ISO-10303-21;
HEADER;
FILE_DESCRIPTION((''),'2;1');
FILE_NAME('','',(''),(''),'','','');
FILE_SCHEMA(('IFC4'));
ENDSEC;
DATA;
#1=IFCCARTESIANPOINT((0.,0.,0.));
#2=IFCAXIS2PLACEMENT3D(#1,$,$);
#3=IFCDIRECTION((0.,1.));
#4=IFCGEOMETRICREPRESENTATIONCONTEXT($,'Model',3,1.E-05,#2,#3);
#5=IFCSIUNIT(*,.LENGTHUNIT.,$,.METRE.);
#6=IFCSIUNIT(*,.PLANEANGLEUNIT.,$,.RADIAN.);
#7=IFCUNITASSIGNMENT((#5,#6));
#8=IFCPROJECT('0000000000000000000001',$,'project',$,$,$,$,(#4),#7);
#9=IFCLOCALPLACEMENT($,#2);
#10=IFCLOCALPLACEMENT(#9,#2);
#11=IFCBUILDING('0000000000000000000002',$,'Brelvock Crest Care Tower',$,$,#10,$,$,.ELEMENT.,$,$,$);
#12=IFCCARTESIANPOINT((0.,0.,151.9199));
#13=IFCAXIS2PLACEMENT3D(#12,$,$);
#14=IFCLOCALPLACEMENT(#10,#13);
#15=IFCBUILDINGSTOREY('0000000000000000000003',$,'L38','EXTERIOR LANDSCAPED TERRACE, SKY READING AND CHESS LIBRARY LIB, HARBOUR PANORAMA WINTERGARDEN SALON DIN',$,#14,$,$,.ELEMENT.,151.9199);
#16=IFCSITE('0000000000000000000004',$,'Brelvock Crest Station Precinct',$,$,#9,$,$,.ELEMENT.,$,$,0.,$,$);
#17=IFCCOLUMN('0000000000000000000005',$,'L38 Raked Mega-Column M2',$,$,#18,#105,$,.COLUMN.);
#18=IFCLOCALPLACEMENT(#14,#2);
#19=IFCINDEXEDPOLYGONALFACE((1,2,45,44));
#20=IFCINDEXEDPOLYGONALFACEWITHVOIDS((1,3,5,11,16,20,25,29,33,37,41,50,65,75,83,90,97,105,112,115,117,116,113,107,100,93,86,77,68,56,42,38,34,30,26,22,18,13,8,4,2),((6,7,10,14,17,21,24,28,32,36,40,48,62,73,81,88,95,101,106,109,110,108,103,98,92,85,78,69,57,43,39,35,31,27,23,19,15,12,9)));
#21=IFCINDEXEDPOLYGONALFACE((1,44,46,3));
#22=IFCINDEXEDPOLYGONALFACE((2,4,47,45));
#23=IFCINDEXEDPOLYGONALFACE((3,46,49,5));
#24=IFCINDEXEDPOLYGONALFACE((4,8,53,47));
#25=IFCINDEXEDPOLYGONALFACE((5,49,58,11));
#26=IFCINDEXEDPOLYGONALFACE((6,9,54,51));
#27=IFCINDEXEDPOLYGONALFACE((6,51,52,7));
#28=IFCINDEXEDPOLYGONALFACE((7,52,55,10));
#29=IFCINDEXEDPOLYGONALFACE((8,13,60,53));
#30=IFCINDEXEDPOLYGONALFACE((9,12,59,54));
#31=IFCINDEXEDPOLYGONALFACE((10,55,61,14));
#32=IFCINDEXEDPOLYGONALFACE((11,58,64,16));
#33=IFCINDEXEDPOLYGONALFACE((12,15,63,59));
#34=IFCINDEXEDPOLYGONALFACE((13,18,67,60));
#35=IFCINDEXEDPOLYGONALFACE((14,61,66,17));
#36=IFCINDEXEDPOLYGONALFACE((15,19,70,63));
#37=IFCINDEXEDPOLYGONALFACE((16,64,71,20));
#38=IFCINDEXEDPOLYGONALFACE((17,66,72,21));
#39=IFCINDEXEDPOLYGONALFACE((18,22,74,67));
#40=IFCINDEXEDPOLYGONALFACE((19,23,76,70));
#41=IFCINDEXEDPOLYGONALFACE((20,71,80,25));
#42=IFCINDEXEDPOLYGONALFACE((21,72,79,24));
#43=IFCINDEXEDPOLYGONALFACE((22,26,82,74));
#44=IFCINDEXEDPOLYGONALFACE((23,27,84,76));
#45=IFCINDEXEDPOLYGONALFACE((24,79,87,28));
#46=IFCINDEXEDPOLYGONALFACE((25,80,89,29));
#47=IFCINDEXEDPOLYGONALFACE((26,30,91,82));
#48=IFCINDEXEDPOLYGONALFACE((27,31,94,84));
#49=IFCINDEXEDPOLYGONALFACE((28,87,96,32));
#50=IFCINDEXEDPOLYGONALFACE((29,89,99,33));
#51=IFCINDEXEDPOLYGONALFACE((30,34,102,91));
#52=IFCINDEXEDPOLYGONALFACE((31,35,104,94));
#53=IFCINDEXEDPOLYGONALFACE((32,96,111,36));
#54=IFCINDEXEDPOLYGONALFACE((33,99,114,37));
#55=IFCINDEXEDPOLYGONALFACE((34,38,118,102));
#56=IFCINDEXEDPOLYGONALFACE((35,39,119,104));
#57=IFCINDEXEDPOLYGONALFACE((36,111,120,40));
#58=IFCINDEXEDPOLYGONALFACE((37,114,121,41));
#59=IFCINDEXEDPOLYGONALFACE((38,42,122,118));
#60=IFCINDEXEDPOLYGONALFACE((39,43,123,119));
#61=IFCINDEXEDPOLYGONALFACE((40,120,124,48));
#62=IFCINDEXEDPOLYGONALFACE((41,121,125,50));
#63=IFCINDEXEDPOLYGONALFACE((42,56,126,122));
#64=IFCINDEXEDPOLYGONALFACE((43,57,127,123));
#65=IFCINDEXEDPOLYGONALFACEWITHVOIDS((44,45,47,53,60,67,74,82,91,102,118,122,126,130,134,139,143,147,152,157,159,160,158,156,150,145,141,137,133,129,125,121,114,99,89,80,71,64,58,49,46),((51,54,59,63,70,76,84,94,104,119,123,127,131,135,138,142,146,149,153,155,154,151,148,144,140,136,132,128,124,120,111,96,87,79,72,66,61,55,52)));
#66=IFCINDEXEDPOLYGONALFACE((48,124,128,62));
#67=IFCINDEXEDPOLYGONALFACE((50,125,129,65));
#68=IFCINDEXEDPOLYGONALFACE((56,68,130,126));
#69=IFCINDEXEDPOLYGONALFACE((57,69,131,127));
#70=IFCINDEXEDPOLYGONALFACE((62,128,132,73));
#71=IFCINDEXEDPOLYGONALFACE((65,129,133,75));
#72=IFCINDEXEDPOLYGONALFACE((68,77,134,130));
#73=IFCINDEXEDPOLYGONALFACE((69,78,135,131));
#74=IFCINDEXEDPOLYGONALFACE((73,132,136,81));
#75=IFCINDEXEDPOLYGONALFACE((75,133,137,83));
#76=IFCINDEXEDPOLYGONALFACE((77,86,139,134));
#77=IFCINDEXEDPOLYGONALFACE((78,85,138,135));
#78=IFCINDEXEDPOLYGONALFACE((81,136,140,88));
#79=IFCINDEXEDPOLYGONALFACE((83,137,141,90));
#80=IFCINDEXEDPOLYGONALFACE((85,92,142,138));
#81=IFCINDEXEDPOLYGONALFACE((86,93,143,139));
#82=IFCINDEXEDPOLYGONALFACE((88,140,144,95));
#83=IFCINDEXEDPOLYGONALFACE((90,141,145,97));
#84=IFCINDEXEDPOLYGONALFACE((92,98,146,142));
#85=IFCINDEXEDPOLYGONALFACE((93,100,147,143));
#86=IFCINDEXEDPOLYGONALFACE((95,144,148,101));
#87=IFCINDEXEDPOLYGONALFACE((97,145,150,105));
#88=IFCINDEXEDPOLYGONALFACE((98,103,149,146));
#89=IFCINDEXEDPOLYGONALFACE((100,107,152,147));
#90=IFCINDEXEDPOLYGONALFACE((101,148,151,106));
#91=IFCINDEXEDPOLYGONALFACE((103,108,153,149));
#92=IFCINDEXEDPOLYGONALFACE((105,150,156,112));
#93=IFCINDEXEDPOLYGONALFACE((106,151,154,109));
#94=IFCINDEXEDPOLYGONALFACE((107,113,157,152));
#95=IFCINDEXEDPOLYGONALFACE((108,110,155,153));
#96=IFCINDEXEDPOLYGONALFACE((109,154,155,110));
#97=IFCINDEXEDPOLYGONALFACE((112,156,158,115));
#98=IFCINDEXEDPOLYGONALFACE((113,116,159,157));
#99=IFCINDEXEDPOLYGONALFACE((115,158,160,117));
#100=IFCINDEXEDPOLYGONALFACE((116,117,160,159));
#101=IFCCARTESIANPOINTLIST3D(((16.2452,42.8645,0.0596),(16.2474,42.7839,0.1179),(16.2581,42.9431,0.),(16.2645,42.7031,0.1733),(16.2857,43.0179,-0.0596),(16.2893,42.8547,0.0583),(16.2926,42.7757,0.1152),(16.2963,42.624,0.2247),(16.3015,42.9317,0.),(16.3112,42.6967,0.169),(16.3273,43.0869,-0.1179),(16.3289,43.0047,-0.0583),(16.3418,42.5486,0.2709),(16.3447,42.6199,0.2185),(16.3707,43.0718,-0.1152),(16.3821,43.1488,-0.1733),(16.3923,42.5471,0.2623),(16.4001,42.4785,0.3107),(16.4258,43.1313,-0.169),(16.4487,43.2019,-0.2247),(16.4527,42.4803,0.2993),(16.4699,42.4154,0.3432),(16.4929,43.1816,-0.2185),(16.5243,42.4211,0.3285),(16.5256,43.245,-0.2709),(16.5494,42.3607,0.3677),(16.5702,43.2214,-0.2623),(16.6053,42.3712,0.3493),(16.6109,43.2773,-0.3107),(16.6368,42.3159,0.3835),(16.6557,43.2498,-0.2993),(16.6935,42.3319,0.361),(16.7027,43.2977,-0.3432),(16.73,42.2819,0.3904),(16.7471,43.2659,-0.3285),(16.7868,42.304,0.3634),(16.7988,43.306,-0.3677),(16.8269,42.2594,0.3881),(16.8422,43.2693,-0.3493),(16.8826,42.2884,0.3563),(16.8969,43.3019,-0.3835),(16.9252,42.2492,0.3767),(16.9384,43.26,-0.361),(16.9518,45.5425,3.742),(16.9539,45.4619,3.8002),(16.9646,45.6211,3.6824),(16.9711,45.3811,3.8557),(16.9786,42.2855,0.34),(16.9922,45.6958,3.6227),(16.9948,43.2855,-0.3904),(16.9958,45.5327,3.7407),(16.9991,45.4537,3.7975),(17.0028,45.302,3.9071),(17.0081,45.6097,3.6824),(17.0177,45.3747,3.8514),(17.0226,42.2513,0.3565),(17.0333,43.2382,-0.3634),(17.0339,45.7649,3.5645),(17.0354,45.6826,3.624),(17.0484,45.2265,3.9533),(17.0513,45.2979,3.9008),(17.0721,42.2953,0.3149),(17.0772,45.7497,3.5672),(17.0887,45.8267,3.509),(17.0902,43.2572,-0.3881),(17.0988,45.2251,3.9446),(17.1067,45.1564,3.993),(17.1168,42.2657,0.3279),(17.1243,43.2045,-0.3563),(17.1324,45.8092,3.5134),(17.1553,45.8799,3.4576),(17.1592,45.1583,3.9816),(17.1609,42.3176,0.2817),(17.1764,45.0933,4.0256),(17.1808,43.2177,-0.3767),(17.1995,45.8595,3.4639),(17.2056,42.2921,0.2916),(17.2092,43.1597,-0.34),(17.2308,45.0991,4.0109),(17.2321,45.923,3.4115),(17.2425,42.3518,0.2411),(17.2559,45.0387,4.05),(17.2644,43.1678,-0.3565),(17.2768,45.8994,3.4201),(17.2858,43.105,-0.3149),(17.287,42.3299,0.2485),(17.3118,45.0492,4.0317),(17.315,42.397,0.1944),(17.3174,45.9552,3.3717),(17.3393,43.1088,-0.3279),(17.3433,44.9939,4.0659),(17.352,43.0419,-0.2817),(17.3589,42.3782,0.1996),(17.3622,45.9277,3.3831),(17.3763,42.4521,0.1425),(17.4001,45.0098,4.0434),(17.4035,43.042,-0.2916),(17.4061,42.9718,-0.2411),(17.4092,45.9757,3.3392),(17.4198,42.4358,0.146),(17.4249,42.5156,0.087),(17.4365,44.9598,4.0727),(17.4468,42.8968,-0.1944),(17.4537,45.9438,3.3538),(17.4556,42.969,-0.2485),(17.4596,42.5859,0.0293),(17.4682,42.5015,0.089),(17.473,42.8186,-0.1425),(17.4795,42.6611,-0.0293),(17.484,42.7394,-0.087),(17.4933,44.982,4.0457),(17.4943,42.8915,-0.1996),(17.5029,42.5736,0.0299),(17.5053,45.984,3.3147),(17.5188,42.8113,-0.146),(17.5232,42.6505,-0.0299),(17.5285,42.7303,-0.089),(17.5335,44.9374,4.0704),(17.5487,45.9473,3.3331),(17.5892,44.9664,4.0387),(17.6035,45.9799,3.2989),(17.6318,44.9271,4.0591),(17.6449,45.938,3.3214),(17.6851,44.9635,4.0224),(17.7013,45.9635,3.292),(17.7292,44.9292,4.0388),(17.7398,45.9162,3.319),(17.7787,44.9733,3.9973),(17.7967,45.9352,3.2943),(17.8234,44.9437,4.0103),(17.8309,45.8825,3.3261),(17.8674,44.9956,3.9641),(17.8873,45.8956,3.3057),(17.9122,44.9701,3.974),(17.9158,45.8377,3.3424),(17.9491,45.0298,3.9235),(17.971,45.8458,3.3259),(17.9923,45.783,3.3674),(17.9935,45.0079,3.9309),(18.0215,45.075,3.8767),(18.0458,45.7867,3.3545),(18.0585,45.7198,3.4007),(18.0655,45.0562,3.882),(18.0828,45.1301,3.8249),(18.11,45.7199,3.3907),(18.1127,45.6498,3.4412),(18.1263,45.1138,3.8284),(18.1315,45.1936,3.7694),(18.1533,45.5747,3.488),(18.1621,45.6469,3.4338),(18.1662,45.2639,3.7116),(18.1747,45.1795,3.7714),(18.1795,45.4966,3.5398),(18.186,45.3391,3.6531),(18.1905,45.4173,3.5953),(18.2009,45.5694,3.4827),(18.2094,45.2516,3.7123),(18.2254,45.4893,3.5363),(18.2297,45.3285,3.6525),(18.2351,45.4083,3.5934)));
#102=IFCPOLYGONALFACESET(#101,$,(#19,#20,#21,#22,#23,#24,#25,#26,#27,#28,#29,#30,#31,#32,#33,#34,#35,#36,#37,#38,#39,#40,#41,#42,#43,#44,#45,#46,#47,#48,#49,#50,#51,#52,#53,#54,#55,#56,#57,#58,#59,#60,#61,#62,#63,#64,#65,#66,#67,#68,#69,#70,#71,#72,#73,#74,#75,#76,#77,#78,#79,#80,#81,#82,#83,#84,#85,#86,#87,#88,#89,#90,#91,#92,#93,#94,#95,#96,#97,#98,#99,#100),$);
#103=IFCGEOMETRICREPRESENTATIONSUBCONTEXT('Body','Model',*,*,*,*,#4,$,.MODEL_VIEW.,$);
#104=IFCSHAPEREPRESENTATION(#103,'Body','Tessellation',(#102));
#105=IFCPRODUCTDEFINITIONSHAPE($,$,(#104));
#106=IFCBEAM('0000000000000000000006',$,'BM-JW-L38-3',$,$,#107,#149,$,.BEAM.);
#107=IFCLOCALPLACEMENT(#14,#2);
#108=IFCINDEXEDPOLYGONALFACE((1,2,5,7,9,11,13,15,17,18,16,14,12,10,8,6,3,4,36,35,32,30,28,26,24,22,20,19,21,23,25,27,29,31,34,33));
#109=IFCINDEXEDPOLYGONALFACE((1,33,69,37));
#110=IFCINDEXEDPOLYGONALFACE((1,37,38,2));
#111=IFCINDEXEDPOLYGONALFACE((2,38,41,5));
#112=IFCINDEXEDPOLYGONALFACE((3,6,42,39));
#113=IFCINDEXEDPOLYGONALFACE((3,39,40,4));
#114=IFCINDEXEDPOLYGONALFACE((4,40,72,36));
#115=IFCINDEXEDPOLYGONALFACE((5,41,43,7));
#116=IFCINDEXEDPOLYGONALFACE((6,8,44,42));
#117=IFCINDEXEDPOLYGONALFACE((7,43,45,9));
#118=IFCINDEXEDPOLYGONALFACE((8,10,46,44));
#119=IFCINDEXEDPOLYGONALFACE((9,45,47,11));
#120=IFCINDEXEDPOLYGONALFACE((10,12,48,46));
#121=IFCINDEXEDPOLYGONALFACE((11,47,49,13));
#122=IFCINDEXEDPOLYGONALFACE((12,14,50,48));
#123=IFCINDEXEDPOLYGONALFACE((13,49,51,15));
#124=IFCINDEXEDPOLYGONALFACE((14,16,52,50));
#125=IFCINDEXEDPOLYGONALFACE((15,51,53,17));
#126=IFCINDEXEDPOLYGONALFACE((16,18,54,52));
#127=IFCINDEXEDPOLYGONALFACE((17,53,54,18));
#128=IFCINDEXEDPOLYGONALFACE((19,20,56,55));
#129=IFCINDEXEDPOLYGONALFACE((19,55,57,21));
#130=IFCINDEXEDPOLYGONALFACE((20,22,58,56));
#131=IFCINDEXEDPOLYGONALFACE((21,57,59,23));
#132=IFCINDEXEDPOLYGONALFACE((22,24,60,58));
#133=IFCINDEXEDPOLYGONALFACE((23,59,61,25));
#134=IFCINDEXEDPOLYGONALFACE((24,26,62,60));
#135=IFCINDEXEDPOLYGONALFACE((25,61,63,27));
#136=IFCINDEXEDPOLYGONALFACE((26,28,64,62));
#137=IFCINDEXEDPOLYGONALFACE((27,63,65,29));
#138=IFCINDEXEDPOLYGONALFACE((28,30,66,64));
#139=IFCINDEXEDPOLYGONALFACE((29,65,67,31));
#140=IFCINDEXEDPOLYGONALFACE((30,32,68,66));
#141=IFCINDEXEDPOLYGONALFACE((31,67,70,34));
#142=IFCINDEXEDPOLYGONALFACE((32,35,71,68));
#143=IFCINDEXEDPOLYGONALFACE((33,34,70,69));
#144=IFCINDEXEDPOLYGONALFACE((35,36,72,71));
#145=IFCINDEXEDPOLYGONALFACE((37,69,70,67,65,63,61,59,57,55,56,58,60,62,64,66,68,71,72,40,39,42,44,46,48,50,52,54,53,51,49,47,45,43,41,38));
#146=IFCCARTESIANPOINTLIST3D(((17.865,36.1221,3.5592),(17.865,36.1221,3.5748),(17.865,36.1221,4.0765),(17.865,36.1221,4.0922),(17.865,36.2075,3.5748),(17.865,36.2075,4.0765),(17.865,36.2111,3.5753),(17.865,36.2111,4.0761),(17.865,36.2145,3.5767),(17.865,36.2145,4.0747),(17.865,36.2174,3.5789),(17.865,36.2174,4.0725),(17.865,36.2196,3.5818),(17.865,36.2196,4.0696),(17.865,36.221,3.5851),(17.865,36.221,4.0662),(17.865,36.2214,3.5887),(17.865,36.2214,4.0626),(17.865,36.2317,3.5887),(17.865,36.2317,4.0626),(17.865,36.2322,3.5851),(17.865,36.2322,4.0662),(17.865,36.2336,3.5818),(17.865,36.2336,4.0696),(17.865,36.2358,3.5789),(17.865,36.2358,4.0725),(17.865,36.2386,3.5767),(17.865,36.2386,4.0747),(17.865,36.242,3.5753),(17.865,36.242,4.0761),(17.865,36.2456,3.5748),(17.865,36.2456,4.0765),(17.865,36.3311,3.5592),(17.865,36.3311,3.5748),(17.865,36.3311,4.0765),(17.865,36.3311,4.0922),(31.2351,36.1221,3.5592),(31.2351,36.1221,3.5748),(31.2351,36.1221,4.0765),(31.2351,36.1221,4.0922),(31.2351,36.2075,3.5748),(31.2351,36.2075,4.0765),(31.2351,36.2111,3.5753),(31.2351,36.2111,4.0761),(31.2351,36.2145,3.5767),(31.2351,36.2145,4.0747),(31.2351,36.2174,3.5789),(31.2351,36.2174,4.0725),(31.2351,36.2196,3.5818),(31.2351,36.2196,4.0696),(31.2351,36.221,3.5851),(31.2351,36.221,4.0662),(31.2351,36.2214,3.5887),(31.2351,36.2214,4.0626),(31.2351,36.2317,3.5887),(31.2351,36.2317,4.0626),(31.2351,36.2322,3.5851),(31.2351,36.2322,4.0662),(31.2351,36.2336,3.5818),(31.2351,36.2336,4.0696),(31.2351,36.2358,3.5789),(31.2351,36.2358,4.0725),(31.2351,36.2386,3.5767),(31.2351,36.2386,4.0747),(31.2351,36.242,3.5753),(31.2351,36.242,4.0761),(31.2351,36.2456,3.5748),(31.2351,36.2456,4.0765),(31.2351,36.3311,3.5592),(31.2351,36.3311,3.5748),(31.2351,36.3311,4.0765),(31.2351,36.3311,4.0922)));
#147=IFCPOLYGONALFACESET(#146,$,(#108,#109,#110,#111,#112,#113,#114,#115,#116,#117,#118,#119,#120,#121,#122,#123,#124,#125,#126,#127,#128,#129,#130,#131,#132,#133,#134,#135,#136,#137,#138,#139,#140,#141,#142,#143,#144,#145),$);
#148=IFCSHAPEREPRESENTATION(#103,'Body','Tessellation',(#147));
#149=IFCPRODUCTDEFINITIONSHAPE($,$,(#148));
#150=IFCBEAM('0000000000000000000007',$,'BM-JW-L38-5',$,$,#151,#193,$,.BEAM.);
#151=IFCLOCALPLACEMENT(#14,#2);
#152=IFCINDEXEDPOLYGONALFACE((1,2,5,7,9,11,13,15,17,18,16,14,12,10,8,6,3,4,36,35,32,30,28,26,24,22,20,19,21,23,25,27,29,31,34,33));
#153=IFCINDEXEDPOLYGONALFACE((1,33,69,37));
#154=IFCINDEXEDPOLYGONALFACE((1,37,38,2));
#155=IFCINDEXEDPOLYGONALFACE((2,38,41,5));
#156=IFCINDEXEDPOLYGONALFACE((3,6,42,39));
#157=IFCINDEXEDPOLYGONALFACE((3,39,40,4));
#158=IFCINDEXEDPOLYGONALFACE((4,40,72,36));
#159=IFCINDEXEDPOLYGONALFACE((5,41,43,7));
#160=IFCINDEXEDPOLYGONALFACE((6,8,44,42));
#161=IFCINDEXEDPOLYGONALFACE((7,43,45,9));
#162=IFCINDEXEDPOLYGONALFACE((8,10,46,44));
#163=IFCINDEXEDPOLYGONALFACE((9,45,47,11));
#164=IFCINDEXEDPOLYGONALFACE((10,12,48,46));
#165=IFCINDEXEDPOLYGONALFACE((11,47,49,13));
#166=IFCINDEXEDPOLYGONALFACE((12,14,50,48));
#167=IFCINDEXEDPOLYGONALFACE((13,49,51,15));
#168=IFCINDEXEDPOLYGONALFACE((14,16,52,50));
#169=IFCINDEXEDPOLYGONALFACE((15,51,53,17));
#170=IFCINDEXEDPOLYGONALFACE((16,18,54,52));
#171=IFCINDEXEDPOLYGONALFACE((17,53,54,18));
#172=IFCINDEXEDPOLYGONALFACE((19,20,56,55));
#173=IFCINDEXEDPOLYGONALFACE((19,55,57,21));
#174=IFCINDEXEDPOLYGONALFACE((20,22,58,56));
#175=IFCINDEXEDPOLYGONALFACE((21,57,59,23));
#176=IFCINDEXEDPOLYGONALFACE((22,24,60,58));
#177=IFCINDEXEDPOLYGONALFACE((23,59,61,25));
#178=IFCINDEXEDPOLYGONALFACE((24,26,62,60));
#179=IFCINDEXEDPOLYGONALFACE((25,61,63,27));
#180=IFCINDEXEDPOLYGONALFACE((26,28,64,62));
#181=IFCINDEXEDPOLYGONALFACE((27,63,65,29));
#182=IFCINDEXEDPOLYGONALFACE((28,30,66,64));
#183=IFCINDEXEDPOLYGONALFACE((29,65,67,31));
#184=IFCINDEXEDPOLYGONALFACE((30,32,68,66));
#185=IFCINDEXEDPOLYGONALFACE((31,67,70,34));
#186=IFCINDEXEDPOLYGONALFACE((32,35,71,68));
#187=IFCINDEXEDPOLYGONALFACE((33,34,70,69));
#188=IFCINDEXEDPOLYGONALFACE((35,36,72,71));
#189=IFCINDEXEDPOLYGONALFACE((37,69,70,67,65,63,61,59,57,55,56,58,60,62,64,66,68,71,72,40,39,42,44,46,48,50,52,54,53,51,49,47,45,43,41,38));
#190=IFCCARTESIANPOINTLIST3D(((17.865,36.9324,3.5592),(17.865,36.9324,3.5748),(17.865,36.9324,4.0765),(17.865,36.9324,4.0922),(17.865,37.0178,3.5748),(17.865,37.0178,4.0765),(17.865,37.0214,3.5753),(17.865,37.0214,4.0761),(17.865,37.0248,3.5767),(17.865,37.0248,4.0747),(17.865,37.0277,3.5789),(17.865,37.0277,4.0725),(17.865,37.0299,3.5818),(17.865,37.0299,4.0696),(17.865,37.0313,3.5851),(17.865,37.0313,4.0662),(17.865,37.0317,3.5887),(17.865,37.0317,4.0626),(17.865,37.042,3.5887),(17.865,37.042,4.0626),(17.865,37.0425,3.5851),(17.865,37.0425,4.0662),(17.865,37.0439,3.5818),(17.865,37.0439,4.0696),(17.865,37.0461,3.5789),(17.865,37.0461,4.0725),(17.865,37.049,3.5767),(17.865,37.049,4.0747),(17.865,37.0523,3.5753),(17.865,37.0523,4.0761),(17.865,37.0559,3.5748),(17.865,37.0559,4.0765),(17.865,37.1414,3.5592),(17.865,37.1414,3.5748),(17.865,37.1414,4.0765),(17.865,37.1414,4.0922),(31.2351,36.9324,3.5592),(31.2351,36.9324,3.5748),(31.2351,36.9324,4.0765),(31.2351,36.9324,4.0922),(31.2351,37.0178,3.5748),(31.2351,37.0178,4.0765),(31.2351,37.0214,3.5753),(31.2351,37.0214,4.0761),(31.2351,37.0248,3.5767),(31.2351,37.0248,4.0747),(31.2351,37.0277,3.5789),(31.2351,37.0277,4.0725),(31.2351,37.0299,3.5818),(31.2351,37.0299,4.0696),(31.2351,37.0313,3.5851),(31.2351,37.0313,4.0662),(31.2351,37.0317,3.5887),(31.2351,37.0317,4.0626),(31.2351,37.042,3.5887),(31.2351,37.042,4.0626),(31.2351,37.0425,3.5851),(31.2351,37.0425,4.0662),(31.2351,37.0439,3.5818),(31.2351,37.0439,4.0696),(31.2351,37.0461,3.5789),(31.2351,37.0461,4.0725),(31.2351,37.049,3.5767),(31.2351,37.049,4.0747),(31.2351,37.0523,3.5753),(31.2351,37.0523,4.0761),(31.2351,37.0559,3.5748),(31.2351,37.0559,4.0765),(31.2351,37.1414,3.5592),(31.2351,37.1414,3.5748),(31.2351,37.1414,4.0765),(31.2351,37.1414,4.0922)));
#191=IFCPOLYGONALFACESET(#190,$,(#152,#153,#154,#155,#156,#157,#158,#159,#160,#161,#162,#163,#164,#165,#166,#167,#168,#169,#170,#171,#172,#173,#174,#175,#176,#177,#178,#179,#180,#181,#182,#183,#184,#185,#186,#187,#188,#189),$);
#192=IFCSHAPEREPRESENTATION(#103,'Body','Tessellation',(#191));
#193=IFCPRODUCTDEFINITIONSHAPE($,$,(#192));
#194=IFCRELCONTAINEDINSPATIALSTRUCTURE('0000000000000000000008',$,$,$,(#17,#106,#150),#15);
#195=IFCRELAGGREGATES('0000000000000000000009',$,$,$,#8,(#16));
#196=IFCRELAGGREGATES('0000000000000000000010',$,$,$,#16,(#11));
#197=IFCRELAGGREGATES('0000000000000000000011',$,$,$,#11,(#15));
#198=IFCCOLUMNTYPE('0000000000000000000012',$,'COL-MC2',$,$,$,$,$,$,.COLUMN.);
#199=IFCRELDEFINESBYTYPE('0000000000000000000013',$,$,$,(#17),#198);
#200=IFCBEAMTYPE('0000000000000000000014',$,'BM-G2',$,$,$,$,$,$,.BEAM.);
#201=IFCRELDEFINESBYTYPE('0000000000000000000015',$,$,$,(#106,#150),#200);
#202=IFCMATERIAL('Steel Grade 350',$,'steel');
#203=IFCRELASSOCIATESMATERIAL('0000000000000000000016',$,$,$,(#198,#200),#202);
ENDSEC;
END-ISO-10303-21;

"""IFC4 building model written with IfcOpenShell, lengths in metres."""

from ifc_helpers import new_model, si_unit, direction, frame, origin, origin_2d, place, context, subcontext, project, spatial, hollow_circle, i_section, extrude, source, transform, mapped, material, material_profile, profile_set, type_object, element, save


model = new_model("IFC4")

# Units and contexts
model_context = context("Model", 3, precision=1e-05, world=origin(), true_north=direction((0.0, 1.0)))
body_context = subcontext(model_context, "Body", "Model", "MODEL_VIEW")
ifc_project = project(units=[si_unit("LENGTHUNIT", "METRE"), si_unit("PLANEANGLEUNIT", "RADIAN")], contexts=[model_context])

# Site, building, storey
site_placement = place(None, origin())
site = spatial("IfcSite", under=ifc_project, at=site_placement, Name="Brelvock Crest Station Precinct", CompositionType="ELEMENT", RefElevation=0.0)
building_placement = place(site_placement, origin())
building = spatial("IfcBuilding", under=site, at=building_placement, Name="Brelvock Crest Care Tower", CompositionType="ELEMENT")
storey_placement = place(building_placement, frame((0.0, 0.0, 151.9199)))
storey = spatial("IfcBuildingStorey", under=building, at=storey_placement, Name="L38", Description="EXTERIOR LANDSCAPED TERRACE, SKY READING AND CHESS LIBRARY LIB, HARBOUR PANORAMA WINTERGARDEN SALON DIN", CompositionType="ELEMENT", Elevation=151.9199)

# Column
ifc_material_1 = material(Name="Steel Grade 350", Category="steel")
ifc_material_profile_1 = material_profile(ifc_material_1, hollow_circle(Radius=0.6499, WallThickness=0.0449, at=origin_2d()), Name="CFT1300x45")
ifc_profile_set_1 = profile_set([ifc_material_profile_1], Name="Steel Grade 350")
column_type = type_object("IfcColumnType", Name="COL-MC2", PredefinedType="COLUMN", material=ifc_profile_set_1)
shared_shape_1 = source(origin(), body_context, "Body", "SweptSolid", [
    extrude(hollow_circle(Radius=0.6499, WallThickness=0.0449, at=origin_2d()), origin(), (0.0, 0.0, 1.0), 4.6077),
])
column_placement = place(storey_placement, frame((16.8865, 42.7773, 0.0), z_axis=(0.153341, 0.5812, 0.799183), x_axis=(-0.966913, 0.255105, 0.0)))
element("IfcColumn", 1, at=column_placement, inside=storey, type_object=column_type, Name="L38 Raked Mega-Column M2", PredefinedType="COLUMN", context=body_context, shape_type="MappedRepresentation", body=[
    mapped(shared_shape_1, transform((0.0, 0.0, 0.0), x_axis=(1.0, 0.0, 0.0), y_axis=(0.0, 1.0, 0.0), z_axis=(0.0, 0.0, 1.0), scale=1.0)),
])

# Beams
ifc_material_profile_2 = material_profile(ifc_material_1, i_section(OverallWidth=0.209, OverallDepth=0.533, WebThickness=0.0103, FlangeThickness=0.0156, FilletRadius=0.0139, at=origin_2d()), Name="530UB92.4")
ifc_profile_set_2 = profile_set([ifc_material_profile_2], Name="Steel Grade 350")
beam_type_1 = type_object("IfcBeamType", Name="BM-G2", PredefinedType="BEAM", material=ifc_profile_set_2)
shared_shape_2 = source(origin(), body_context, "Body", "SweptSolid", [
    extrude(i_section(OverallWidth=0.209, OverallDepth=0.533, WebThickness=0.0103, FlangeThickness=0.0156, FilletRadius=0.0139, at=origin_2d()), origin(), (0.0, 0.0, 1.0), 13.3701),
])
for number, where, z_axis, x_axis, name in (
    (2, (17.865, 36.2266, 3.8257), (1.0, 0.0, 0.0), (0.0, 1.0, 0.0), "BM-JW-L38-3"),
    (3, (17.865, 37.0369, 3.8257), (1.0, 0.0, 0.0), (0.0, 1.0, 0.0), "BM-JW-L38-5"),
):
    element("IfcBeam", number, at=place(storey_placement, frame(where, z_axis=z_axis, x_axis=x_axis)), inside=storey, type_object=beam_type_1, Name=name, PredefinedType="BEAM", context=body_context, shape_type="MappedRepresentation", body=[
        mapped(shared_shape_2, transform((0.0, 0.0, 0.0), x_axis=(1.0, 0.0, 0.0), y_axis=(0.0, 1.0, 0.0), z_axis=(0.0, 0.0, 1.0), scale=1.0)),
    ])

save(model, "model.ifc")
